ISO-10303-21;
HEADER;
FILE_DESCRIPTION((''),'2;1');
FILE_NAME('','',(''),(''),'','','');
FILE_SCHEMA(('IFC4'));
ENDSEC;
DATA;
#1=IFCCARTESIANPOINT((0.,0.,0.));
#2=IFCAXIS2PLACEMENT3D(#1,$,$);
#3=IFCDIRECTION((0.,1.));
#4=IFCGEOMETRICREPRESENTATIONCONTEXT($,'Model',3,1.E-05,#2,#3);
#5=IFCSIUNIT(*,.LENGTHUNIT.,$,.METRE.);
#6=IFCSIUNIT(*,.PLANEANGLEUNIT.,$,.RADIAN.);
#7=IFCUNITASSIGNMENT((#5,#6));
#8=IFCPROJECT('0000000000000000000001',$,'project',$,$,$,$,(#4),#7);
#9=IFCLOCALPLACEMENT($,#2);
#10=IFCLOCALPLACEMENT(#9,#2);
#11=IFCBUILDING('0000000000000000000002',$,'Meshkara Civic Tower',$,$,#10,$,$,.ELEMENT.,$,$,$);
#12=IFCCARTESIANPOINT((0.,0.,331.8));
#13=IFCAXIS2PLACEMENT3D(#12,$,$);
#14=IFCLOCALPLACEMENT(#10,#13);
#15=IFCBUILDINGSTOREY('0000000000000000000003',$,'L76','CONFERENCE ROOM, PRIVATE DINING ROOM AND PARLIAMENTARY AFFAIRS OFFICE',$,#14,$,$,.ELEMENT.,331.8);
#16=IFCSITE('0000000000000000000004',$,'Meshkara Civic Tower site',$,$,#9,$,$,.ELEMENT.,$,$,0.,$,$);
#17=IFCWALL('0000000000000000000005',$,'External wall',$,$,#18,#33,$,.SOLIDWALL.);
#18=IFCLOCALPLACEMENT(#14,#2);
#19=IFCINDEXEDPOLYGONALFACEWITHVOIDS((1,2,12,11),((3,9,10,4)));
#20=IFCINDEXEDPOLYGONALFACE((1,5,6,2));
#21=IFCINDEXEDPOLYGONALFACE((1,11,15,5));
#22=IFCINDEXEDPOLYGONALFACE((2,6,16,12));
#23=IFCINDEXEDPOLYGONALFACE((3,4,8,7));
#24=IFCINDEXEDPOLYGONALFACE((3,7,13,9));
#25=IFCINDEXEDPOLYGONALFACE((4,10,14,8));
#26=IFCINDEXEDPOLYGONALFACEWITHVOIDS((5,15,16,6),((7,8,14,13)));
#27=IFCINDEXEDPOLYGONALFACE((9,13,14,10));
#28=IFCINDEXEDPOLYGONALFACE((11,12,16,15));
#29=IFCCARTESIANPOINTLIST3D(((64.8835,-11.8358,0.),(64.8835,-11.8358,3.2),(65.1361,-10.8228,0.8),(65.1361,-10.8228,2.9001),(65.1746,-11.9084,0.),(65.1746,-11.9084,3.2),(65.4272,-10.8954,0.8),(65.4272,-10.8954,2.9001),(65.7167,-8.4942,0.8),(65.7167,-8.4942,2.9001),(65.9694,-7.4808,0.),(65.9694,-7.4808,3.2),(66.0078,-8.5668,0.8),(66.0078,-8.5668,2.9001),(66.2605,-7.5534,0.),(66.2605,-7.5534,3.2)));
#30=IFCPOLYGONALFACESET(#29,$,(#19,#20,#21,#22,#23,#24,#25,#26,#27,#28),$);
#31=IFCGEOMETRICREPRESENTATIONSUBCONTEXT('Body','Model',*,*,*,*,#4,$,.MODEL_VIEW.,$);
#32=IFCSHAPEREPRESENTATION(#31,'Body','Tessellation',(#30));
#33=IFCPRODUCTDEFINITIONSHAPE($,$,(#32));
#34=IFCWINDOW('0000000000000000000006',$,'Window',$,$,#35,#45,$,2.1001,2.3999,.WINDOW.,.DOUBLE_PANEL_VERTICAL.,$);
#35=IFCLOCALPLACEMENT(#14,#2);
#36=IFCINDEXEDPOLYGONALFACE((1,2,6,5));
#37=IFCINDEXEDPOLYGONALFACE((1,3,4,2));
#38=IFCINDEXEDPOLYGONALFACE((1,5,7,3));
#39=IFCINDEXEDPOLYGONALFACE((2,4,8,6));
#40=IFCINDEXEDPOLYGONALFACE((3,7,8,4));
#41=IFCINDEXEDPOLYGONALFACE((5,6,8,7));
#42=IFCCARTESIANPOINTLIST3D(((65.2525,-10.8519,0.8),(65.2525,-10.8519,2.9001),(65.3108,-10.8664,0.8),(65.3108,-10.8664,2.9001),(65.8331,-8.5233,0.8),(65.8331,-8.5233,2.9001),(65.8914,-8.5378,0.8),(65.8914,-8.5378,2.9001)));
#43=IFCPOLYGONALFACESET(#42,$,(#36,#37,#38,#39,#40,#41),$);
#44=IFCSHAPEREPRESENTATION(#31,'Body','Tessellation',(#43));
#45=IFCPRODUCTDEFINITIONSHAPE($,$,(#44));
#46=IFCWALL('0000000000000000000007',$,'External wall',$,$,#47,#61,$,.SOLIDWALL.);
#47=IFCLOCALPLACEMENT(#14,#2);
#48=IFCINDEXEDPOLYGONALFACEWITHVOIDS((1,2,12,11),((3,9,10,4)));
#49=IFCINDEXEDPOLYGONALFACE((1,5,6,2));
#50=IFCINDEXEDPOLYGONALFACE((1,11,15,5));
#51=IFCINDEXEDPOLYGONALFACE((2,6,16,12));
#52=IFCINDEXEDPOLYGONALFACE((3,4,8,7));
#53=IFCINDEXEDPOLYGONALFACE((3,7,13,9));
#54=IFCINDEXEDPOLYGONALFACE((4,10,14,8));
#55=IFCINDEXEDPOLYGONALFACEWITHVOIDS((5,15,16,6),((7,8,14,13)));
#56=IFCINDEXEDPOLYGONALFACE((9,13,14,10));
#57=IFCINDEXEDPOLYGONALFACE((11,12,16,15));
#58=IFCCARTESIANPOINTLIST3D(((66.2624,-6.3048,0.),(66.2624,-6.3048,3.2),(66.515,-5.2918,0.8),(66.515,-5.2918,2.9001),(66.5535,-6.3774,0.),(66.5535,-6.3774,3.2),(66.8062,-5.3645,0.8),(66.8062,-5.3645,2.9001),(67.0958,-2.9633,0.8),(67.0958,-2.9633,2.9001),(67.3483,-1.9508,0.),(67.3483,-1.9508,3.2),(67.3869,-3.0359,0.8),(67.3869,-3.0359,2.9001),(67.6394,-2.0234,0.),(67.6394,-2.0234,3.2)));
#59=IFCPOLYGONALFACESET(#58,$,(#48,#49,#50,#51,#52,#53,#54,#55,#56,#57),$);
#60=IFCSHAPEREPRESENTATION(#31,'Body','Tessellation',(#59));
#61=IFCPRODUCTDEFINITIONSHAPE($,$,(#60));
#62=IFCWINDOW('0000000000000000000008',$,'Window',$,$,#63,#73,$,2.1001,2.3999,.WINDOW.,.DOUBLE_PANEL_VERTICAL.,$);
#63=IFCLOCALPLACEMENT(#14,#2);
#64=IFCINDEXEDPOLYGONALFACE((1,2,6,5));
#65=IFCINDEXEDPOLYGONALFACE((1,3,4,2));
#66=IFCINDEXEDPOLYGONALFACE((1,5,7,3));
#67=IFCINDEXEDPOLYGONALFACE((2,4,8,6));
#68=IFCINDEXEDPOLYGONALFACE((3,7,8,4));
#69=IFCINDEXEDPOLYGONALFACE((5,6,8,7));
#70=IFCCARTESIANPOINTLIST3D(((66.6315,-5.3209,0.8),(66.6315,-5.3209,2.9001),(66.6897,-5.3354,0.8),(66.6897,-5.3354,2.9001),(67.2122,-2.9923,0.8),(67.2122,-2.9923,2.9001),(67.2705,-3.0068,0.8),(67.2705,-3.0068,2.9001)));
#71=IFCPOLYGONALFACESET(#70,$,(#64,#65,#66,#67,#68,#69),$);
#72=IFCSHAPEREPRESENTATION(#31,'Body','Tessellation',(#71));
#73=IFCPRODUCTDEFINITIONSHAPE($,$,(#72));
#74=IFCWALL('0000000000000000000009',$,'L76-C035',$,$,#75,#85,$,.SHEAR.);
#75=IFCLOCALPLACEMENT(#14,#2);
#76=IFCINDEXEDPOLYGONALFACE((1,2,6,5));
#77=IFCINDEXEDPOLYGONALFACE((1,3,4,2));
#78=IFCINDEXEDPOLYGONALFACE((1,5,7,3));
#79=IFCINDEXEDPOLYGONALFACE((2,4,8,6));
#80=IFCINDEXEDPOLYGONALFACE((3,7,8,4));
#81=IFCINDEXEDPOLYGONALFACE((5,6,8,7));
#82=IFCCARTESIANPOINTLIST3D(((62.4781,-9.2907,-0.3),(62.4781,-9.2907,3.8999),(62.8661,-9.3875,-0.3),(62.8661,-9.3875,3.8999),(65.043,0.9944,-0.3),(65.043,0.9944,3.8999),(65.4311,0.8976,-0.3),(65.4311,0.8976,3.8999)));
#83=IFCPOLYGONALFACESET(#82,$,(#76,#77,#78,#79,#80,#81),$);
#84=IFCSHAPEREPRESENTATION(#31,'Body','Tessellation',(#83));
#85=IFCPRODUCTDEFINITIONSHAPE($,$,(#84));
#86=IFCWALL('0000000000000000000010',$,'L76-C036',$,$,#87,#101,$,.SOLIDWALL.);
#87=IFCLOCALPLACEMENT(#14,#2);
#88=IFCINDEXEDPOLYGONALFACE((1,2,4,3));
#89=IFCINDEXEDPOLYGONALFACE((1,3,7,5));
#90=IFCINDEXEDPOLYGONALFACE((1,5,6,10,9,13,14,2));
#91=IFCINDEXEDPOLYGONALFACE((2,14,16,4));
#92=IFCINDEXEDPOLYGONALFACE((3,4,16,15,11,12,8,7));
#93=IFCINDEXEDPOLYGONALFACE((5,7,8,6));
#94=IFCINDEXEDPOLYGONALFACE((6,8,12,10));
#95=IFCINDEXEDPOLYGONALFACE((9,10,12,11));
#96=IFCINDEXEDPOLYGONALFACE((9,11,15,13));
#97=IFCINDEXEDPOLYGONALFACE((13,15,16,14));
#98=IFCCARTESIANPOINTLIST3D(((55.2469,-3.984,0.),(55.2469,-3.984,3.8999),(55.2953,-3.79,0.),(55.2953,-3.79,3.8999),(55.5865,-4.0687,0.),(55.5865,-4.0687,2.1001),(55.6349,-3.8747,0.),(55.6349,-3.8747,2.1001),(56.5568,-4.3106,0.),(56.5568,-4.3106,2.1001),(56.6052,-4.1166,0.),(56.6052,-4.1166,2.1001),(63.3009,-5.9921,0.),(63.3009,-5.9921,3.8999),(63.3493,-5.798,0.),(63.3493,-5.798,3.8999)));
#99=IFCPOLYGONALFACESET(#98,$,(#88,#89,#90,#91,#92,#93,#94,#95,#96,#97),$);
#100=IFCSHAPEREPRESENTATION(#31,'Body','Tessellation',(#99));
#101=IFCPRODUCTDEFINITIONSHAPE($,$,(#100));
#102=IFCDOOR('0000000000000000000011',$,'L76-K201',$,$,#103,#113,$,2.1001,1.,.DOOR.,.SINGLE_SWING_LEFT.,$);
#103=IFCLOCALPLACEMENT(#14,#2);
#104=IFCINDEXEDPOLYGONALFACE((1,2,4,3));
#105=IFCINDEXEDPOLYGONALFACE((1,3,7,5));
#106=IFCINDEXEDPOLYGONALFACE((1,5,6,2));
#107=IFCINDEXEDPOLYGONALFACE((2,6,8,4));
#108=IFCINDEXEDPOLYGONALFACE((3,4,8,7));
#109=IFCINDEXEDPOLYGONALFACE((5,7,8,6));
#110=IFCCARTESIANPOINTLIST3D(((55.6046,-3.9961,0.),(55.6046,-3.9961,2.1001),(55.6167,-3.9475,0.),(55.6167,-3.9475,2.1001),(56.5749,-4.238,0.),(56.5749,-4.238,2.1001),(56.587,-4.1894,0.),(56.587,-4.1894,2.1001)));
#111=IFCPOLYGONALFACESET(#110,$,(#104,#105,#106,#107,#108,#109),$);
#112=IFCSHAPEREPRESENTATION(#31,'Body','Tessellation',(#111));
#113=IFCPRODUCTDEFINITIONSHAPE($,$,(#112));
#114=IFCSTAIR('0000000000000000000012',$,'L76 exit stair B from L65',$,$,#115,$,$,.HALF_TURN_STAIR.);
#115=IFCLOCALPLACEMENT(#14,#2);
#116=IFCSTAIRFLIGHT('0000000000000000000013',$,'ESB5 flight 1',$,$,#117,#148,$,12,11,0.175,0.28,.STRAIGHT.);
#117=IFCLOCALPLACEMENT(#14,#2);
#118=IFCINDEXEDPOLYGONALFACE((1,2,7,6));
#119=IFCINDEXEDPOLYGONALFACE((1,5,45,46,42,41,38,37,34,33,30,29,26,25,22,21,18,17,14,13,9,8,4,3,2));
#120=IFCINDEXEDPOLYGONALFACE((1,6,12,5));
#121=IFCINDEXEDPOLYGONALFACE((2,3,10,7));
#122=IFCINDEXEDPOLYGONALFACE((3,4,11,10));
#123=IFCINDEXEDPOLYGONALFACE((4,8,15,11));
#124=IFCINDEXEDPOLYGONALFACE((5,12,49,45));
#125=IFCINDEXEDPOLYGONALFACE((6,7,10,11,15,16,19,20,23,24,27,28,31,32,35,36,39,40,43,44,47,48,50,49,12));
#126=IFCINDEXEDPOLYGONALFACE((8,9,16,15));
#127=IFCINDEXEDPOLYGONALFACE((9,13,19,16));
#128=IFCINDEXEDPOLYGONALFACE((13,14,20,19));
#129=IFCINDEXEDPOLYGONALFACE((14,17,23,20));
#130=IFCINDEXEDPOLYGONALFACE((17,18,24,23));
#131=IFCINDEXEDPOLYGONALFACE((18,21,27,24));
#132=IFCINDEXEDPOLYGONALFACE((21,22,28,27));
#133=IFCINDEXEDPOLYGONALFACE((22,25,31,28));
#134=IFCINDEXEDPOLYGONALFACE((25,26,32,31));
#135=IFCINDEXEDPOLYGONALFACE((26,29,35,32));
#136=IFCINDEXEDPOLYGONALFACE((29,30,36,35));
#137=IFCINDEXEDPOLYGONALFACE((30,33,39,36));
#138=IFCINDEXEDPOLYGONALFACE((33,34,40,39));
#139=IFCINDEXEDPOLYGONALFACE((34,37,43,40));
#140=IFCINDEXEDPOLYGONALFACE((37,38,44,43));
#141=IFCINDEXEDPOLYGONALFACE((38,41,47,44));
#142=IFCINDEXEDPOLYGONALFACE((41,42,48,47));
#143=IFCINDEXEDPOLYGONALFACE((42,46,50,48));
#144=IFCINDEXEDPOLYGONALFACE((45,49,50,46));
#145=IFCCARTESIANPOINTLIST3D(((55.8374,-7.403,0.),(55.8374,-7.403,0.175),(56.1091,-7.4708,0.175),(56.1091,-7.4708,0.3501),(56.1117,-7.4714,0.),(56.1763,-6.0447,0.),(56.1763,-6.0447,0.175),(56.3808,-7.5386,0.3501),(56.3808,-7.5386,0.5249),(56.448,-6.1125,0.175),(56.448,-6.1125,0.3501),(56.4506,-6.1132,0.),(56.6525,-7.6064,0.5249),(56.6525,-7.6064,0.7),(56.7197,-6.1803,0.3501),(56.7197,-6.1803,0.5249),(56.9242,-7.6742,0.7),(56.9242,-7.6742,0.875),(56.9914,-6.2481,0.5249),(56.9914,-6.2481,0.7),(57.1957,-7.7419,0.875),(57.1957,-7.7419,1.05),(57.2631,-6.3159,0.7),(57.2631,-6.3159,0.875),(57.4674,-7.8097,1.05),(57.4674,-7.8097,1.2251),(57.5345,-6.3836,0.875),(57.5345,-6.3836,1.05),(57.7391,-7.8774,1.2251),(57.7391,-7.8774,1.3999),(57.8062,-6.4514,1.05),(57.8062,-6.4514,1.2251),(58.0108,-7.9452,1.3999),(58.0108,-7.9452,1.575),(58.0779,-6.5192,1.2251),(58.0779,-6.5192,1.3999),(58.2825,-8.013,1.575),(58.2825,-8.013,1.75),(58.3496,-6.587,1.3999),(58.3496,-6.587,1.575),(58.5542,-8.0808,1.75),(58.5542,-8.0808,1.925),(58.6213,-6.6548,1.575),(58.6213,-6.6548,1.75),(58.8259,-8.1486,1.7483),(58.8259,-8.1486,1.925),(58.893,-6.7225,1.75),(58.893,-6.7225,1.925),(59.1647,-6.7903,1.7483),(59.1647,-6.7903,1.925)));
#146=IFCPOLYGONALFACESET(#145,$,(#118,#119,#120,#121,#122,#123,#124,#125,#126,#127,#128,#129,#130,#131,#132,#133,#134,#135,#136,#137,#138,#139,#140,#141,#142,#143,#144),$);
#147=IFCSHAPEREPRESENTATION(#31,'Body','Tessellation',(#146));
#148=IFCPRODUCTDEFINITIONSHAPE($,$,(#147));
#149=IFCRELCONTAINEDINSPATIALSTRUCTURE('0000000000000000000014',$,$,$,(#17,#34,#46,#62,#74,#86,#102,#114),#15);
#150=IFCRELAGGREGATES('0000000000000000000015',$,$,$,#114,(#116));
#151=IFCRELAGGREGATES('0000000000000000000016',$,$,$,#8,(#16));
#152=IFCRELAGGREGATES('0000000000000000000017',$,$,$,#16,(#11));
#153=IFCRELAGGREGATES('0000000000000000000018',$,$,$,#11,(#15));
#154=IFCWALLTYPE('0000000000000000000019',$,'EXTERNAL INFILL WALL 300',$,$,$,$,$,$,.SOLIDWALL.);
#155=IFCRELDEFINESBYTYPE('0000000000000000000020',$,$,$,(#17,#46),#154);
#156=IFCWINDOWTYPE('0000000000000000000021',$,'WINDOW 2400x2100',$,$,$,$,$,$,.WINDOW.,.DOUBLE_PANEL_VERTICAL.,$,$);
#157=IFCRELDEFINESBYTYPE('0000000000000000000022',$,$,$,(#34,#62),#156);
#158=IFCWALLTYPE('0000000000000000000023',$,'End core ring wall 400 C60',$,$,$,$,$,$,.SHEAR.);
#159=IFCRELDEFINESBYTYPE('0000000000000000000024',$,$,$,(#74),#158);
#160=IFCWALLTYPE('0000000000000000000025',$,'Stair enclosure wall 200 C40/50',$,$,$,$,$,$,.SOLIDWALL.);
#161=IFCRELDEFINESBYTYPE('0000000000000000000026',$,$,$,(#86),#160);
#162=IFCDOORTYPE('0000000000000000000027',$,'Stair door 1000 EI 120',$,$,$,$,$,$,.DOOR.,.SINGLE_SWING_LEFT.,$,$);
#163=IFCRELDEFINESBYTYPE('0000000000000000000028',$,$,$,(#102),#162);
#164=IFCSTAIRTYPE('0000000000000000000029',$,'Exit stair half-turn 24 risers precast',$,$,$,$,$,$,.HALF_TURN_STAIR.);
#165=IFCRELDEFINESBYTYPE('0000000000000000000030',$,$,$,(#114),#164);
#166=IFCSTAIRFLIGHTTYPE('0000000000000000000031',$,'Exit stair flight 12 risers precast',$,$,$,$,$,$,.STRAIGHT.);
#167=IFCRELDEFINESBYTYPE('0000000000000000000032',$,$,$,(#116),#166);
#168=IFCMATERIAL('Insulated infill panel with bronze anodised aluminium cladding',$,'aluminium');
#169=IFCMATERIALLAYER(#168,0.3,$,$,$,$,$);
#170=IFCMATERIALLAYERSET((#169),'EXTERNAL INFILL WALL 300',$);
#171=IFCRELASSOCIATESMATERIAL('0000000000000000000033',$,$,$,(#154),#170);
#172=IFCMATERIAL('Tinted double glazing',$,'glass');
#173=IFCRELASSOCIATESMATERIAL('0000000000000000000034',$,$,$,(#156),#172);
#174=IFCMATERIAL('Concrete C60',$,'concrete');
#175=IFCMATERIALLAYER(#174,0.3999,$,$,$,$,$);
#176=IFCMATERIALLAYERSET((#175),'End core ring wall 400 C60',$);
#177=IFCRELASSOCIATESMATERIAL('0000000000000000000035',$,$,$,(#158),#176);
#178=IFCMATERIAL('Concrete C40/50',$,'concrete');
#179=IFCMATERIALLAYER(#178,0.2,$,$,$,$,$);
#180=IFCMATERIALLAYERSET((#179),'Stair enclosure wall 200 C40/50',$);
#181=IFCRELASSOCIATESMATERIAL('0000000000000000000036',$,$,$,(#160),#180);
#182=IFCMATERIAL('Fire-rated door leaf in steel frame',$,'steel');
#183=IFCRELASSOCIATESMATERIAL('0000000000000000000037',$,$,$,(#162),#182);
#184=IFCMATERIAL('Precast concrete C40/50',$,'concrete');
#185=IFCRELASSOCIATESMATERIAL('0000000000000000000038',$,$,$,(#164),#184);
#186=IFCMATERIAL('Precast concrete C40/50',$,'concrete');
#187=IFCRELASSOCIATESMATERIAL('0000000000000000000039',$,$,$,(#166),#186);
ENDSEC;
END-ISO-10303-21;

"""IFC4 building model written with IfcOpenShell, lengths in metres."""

from ifc_helpers import new_model, si_unit, direction, frame, frame_2d, origin, place, context, subcontext, project, spatial, polyline, rectangle, outline, extrude, material, layer, layer_set, type_object, element, fill, aggregate, save


model = new_model("IFC4")

# Units and contexts
model_context = context("Model", 3, precision=1e-05, world=origin(), true_north=direction((0.0, 1.0)))
body_context = subcontext(model_context, "Body", "Model", "MODEL_VIEW")
ifc_project = project(units=[si_unit("LENGTHUNIT", "METRE"), si_unit("PLANEANGLEUNIT", "RADIAN")], contexts=[model_context])

# Site, building, storey
site_placement = place(None, origin())
site = spatial("IfcSite", under=ifc_project, at=site_placement, Name="Meshkara Civic Tower site", CompositionType="ELEMENT", RefElevation=0.0)
building_placement = place(site_placement, origin())
building = spatial("IfcBuilding", under=site, at=building_placement, Name="Meshkara Civic Tower", CompositionType="ELEMENT")
storey_placement = place(building_placement, frame((0.0, 0.0, 331.8)))
storey = spatial("IfcBuildingStorey", under=building, at=storey_placement, Name="L76", Description="CONFERENCE ROOM, PRIVATE DINING ROOM AND PARLIAMENTARY AFFAIRS OFFICE", CompositionType="ELEMENT", Elevation=331.8)

# Walls, openings, windows
ifc_material_1 = material(Name="Insulated infill panel with bronze anodised aluminium cladding", Category="aluminium")
ifc_layer_1 = layer(ifc_material_1, 0.3)
ifc_layer_set_1 = layer_set([ifc_layer_1], Name="EXTERNAL INFILL WALL 300")
wall_type_1 = type_object("IfcWallType", Name="EXTERNAL INFILL WALL 300", PredefinedType="SOLIDWALL", material=ifc_layer_set_1)
ifc_material_2 = material(Name="Tinted double glazing", Category="glass")
window_type = type_object("IfcWindowType", Name="WINDOW 2400x2100", PartitioningType="DOUBLE_PANEL_VERTICAL", PredefinedType="WINDOW", material=ifc_material_2)
wall_1_placement = place(storey_placement, frame((65.0291, -11.8721, 0.0), z_axis=(0.0, 0.0, 1.0), x_axis=(0.241947, 0.97029, 0.0)))
wall_1 = element("IfcWall", 1, at=wall_1_placement, inside=storey, type_object=wall_type_1, Name="External wall", PredefinedType="SOLIDWALL", context=body_context, shape_type="SweptSolid", body=[
    extrude(rectangle(XDim=4.4883, YDim=0.3, at=frame_2d((2.2441, 0.0))), origin(), (0.0, 0.0, 1.0), 3.2),
])
opening_1_placement = place(wall_1_placement, frame((1.0439, 0.0, 0.8)))
opening_1 = element("IfcOpeningElement", 2, at=opening_1_placement, cuts=wall_1, PredefinedType="OPENING", context=body_context, shape_type="SweptSolid", body=[
    extrude(rectangle(XDim=2.3999, YDim=2.1001, at=frame_2d((1.2, 1.05))), frame((0.0, 0.1599, 0.0), z_axis=(0.0, -1.0, 0.0), x_axis=(1.0, 0.0, 0.0)), (0.0, 0.0, 1.0), 0.3201),
])
window_1_placement = place(opening_1_placement, origin())
window_1 = element("IfcWindow", 3, at=window_1_placement, inside=storey, type_object=window_type, Name="Window", OverallHeight=2.1001, OverallWidth=2.3999, PartitioningType="DOUBLE_PANEL_VERTICAL", PredefinedType="WINDOW", context=body_context, shape_type="SweptSolid", body=[
    extrude(rectangle(XDim=2.3999, YDim=2.1001, at=frame_2d((1.2, 1.05))), frame((0.0, 0.03, 0.0), z_axis=(0.0, -1.0, 0.0), x_axis=(1.0, 0.0, 0.0)), (0.0, 0.0, 1.0), 0.0601),
])
fill(opening_1, window_1)
wall_2_placement = place(storey_placement, frame((66.408, -6.3411, 0.0), z_axis=(0.0, 0.0, 1.0), x_axis=(0.241998, 0.970277, 0.0)))
wall_2 = element("IfcWall", 4, at=wall_2_placement, inside=storey, type_object=wall_type_1, Name="External wall", PredefinedType="SOLIDWALL", context=body_context, shape_type="SweptSolid", body=[
    extrude(rectangle(XDim=4.4873, YDim=0.3, at=frame_2d((2.2437, 0.0))), origin(), (0.0, 0.0, 1.0), 3.2),
])
opening_2_placement = place(wall_2_placement, frame((1.0439, 0.0, 0.8)))
opening_2 = element("IfcOpeningElement", 5, at=opening_2_placement, cuts=wall_2, PredefinedType="OPENING", context=body_context, shape_type="SweptSolid", body=[
    extrude(rectangle(XDim=2.3999, YDim=2.1001, at=frame_2d((1.2, 1.05))), frame((0.0, 0.1599, 0.0), z_axis=(0.0, -1.0, 0.0), x_axis=(1.0, 0.0, 0.0)), (0.0, 0.0, 1.0), 0.3201),
])
window_2_placement = place(opening_2_placement, origin())
window_2 = element("IfcWindow", 6, at=window_2_placement, inside=storey, type_object=window_type, Name="Window", OverallHeight=2.1001, OverallWidth=2.3999, PartitioningType="DOUBLE_PANEL_VERTICAL", PredefinedType="WINDOW", context=body_context, shape_type="SweptSolid", body=[
    extrude(rectangle(XDim=2.3999, YDim=2.1001, at=frame_2d((1.2, 1.05))), frame((0.0, 0.03, 0.0), z_axis=(0.0, -1.0, 0.0), x_axis=(1.0, 0.0, 0.0)), (0.0, 0.0, 1.0), 0.0601),
])
fill(opening_2, window_2)

# Wall
ifc_material_3 = material(Name="Concrete C60", Category="concrete")
ifc_layer_2 = layer(ifc_material_3, 0.3999)
ifc_layer_set_2 = layer_set([ifc_layer_2], Name="End core ring wall 400 C60")
wall_type_2 = type_object("IfcWallType", Name="End core ring wall 400 C60", PredefinedType="SHEAR", material=ifc_layer_set_2)
wall_3_placement = place(storey_placement, frame((62.6721, -9.3391, -0.3), z_axis=(0.0, 0.0, 1.0), x_axis=(0.241972, 0.970283, 0.0)))
element("IfcWall", 7, at=wall_3_placement, inside=storey, type_object=wall_type_2, Name="L76-C035", PredefinedType="SHEAR", context=body_context, shape_type="SweptSolid", body=[
    extrude(rectangle(XDim=10.6001, YDim=0.3999, at=frame_2d((5.3, 0.0))), origin(), (0.0, 0.0, 1.0), 4.2),
])

# Wall, opening, door
ifc_material_4 = material(Name="Concrete C40/50", Category="concrete")
ifc_layer_3 = layer(ifc_material_4, 0.2)
ifc_layer_set_3 = layer_set([ifc_layer_3], Name="Stair enclosure wall 200 C40/50")
wall_type_3 = type_object("IfcWallType", Name="Stair enclosure wall 200 C40/50", PredefinedType="SOLIDWALL", material=ifc_layer_set_3)
wall_4_placement = place(storey_placement, frame((55.271, -3.887, 0.0), z_axis=(0.0, 0.0, 1.0), x_axis=(0.970296, -0.24192, 0.0)))
wall_4 = element("IfcWall", 8, at=wall_4_placement, inside=storey, type_object=wall_type_3, Name="L76-C036", PredefinedType="SOLIDWALL", context=body_context, shape_type="SweptSolid", body=[
    extrude(rectangle(XDim=8.3005, YDim=0.2, at=frame_2d((4.1504, 0.0))), origin(), (0.0, 0.0, 1.0), 3.8999),
])
opening_3_placement = place(wall_4_placement, frame((0.3501, 0.0, 0.0)))
opening_3 = element("IfcOpeningElement", 9, at=opening_3_placement, cuts=wall_4, PredefinedType="OPENING", context=body_context, shape_type="SweptSolid", body=[
    extrude(rectangle(XDim=1.0, YDim=2.1001, at=frame_2d((0.5, 1.05))), frame((0.0, 0.1099, 0.0), z_axis=(0.0, -1.0, 0.0), x_axis=(1.0, 0.0, 0.0)), (0.0, 0.0, 1.0), 0.22),
])
ifc_material_5 = material(Name="Fire-rated door leaf in steel frame", Category="steel")
door_type = type_object("IfcDoorType", Name="Stair door 1000 EI 120", OperationType="SINGLE_SWING_LEFT", PredefinedType="DOOR", material=ifc_material_5)
door_placement = place(opening_3_placement, origin())
door = element("IfcDoor", 10, at=door_placement, inside=storey, type_object=door_type, Name="L76-K201", OperationType="SINGLE_SWING_LEFT", OverallHeight=2.1001, OverallWidth=1.0, PredefinedType="DOOR", context=body_context, shape_type="SweptSolid", body=[
    extrude(rectangle(XDim=1.0, YDim=2.1001, at=frame_2d((0.5, 1.05))), frame((0.0, 0.0249, 0.0), z_axis=(0.0, -1.0, 0.0), x_axis=(1.0, 0.0, 0.0)), (0.0, 0.0, 1.0), 0.05),
])
fill(opening_3, door)

# Stair, stair flight
ifc_material_6 = material(Name="Precast concrete C40/50", Category="concrete")
stair_type = type_object("IfcStairType", Name="Exit stair half-turn 24 risers precast", PredefinedType="HALF_TURN_STAIR", material=ifc_material_6)
stair_placement = place(storey_placement, origin())
stair = element("IfcStair", 11, at=stair_placement, inside=storey, type_object=stair_type, Name="L76 exit stair B from L65", PredefinedType="HALF_TURN_STAIR")
ifc_material_7 = material(Name="Precast concrete C40/50", Category="concrete")
stair_flight_type = type_object("IfcStairFlightType", Name="Exit stair flight 12 risers precast", PredefinedType="STRAIGHT", material=ifc_material_7)
stair_flight_1_placement = place(storey_placement, frame((56.0068, -6.7239, 0.0), z_axis=(0.0, 0.0, 1.0), x_axis=(0.97026, -0.242065, 0.0)))
stair_flight_1 = element("IfcStairFlight", 12, at=stair_flight_1_placement, type_object=stair_flight_type, Name="ESB5 flight 1", NumberOfRisers=12, NumberOfTreads=11, PredefinedType="STRAIGHT", RiserHeight=0.175, TreadLength=0.28, context=body_context, shape_type="SweptSolid", body=[
    extrude(outline(polyline([(0.0, 0.0), (0.0, 0.175), (0.28, 0.175), (0.28, 0.3501), (0.5601, 0.3501), (0.5601, 0.5249), (0.8401, 0.5249), (0.8401, 0.7), (1.1201, 0.7), (1.1201, 0.875), (1.3999, 0.875), (1.3999, 1.05), (1.6799, 1.05), (1.6799, 1.2251), (1.96, 1.2251), (1.96, 1.3999), (2.24, 1.3999), (2.24, 1.575), (2.52, 1.575), (2.52, 1.75), (2.8, 1.75), (2.8, 1.925), (3.0801, 1.925), (3.0801, 2.1001), (3.0801, 1.7483), (0.2827, 0.0), (0.0, 0.0)])), frame((0.0, 0.7, 0.0), z_axis=(0.0, -1.0, 0.0), x_axis=(1.0, 0.0, 0.0)), (0.0, 0.0, 1.0), 1.3999),
])
aggregate(stair, [stair_flight_1])

save(model, "model.ifc")
